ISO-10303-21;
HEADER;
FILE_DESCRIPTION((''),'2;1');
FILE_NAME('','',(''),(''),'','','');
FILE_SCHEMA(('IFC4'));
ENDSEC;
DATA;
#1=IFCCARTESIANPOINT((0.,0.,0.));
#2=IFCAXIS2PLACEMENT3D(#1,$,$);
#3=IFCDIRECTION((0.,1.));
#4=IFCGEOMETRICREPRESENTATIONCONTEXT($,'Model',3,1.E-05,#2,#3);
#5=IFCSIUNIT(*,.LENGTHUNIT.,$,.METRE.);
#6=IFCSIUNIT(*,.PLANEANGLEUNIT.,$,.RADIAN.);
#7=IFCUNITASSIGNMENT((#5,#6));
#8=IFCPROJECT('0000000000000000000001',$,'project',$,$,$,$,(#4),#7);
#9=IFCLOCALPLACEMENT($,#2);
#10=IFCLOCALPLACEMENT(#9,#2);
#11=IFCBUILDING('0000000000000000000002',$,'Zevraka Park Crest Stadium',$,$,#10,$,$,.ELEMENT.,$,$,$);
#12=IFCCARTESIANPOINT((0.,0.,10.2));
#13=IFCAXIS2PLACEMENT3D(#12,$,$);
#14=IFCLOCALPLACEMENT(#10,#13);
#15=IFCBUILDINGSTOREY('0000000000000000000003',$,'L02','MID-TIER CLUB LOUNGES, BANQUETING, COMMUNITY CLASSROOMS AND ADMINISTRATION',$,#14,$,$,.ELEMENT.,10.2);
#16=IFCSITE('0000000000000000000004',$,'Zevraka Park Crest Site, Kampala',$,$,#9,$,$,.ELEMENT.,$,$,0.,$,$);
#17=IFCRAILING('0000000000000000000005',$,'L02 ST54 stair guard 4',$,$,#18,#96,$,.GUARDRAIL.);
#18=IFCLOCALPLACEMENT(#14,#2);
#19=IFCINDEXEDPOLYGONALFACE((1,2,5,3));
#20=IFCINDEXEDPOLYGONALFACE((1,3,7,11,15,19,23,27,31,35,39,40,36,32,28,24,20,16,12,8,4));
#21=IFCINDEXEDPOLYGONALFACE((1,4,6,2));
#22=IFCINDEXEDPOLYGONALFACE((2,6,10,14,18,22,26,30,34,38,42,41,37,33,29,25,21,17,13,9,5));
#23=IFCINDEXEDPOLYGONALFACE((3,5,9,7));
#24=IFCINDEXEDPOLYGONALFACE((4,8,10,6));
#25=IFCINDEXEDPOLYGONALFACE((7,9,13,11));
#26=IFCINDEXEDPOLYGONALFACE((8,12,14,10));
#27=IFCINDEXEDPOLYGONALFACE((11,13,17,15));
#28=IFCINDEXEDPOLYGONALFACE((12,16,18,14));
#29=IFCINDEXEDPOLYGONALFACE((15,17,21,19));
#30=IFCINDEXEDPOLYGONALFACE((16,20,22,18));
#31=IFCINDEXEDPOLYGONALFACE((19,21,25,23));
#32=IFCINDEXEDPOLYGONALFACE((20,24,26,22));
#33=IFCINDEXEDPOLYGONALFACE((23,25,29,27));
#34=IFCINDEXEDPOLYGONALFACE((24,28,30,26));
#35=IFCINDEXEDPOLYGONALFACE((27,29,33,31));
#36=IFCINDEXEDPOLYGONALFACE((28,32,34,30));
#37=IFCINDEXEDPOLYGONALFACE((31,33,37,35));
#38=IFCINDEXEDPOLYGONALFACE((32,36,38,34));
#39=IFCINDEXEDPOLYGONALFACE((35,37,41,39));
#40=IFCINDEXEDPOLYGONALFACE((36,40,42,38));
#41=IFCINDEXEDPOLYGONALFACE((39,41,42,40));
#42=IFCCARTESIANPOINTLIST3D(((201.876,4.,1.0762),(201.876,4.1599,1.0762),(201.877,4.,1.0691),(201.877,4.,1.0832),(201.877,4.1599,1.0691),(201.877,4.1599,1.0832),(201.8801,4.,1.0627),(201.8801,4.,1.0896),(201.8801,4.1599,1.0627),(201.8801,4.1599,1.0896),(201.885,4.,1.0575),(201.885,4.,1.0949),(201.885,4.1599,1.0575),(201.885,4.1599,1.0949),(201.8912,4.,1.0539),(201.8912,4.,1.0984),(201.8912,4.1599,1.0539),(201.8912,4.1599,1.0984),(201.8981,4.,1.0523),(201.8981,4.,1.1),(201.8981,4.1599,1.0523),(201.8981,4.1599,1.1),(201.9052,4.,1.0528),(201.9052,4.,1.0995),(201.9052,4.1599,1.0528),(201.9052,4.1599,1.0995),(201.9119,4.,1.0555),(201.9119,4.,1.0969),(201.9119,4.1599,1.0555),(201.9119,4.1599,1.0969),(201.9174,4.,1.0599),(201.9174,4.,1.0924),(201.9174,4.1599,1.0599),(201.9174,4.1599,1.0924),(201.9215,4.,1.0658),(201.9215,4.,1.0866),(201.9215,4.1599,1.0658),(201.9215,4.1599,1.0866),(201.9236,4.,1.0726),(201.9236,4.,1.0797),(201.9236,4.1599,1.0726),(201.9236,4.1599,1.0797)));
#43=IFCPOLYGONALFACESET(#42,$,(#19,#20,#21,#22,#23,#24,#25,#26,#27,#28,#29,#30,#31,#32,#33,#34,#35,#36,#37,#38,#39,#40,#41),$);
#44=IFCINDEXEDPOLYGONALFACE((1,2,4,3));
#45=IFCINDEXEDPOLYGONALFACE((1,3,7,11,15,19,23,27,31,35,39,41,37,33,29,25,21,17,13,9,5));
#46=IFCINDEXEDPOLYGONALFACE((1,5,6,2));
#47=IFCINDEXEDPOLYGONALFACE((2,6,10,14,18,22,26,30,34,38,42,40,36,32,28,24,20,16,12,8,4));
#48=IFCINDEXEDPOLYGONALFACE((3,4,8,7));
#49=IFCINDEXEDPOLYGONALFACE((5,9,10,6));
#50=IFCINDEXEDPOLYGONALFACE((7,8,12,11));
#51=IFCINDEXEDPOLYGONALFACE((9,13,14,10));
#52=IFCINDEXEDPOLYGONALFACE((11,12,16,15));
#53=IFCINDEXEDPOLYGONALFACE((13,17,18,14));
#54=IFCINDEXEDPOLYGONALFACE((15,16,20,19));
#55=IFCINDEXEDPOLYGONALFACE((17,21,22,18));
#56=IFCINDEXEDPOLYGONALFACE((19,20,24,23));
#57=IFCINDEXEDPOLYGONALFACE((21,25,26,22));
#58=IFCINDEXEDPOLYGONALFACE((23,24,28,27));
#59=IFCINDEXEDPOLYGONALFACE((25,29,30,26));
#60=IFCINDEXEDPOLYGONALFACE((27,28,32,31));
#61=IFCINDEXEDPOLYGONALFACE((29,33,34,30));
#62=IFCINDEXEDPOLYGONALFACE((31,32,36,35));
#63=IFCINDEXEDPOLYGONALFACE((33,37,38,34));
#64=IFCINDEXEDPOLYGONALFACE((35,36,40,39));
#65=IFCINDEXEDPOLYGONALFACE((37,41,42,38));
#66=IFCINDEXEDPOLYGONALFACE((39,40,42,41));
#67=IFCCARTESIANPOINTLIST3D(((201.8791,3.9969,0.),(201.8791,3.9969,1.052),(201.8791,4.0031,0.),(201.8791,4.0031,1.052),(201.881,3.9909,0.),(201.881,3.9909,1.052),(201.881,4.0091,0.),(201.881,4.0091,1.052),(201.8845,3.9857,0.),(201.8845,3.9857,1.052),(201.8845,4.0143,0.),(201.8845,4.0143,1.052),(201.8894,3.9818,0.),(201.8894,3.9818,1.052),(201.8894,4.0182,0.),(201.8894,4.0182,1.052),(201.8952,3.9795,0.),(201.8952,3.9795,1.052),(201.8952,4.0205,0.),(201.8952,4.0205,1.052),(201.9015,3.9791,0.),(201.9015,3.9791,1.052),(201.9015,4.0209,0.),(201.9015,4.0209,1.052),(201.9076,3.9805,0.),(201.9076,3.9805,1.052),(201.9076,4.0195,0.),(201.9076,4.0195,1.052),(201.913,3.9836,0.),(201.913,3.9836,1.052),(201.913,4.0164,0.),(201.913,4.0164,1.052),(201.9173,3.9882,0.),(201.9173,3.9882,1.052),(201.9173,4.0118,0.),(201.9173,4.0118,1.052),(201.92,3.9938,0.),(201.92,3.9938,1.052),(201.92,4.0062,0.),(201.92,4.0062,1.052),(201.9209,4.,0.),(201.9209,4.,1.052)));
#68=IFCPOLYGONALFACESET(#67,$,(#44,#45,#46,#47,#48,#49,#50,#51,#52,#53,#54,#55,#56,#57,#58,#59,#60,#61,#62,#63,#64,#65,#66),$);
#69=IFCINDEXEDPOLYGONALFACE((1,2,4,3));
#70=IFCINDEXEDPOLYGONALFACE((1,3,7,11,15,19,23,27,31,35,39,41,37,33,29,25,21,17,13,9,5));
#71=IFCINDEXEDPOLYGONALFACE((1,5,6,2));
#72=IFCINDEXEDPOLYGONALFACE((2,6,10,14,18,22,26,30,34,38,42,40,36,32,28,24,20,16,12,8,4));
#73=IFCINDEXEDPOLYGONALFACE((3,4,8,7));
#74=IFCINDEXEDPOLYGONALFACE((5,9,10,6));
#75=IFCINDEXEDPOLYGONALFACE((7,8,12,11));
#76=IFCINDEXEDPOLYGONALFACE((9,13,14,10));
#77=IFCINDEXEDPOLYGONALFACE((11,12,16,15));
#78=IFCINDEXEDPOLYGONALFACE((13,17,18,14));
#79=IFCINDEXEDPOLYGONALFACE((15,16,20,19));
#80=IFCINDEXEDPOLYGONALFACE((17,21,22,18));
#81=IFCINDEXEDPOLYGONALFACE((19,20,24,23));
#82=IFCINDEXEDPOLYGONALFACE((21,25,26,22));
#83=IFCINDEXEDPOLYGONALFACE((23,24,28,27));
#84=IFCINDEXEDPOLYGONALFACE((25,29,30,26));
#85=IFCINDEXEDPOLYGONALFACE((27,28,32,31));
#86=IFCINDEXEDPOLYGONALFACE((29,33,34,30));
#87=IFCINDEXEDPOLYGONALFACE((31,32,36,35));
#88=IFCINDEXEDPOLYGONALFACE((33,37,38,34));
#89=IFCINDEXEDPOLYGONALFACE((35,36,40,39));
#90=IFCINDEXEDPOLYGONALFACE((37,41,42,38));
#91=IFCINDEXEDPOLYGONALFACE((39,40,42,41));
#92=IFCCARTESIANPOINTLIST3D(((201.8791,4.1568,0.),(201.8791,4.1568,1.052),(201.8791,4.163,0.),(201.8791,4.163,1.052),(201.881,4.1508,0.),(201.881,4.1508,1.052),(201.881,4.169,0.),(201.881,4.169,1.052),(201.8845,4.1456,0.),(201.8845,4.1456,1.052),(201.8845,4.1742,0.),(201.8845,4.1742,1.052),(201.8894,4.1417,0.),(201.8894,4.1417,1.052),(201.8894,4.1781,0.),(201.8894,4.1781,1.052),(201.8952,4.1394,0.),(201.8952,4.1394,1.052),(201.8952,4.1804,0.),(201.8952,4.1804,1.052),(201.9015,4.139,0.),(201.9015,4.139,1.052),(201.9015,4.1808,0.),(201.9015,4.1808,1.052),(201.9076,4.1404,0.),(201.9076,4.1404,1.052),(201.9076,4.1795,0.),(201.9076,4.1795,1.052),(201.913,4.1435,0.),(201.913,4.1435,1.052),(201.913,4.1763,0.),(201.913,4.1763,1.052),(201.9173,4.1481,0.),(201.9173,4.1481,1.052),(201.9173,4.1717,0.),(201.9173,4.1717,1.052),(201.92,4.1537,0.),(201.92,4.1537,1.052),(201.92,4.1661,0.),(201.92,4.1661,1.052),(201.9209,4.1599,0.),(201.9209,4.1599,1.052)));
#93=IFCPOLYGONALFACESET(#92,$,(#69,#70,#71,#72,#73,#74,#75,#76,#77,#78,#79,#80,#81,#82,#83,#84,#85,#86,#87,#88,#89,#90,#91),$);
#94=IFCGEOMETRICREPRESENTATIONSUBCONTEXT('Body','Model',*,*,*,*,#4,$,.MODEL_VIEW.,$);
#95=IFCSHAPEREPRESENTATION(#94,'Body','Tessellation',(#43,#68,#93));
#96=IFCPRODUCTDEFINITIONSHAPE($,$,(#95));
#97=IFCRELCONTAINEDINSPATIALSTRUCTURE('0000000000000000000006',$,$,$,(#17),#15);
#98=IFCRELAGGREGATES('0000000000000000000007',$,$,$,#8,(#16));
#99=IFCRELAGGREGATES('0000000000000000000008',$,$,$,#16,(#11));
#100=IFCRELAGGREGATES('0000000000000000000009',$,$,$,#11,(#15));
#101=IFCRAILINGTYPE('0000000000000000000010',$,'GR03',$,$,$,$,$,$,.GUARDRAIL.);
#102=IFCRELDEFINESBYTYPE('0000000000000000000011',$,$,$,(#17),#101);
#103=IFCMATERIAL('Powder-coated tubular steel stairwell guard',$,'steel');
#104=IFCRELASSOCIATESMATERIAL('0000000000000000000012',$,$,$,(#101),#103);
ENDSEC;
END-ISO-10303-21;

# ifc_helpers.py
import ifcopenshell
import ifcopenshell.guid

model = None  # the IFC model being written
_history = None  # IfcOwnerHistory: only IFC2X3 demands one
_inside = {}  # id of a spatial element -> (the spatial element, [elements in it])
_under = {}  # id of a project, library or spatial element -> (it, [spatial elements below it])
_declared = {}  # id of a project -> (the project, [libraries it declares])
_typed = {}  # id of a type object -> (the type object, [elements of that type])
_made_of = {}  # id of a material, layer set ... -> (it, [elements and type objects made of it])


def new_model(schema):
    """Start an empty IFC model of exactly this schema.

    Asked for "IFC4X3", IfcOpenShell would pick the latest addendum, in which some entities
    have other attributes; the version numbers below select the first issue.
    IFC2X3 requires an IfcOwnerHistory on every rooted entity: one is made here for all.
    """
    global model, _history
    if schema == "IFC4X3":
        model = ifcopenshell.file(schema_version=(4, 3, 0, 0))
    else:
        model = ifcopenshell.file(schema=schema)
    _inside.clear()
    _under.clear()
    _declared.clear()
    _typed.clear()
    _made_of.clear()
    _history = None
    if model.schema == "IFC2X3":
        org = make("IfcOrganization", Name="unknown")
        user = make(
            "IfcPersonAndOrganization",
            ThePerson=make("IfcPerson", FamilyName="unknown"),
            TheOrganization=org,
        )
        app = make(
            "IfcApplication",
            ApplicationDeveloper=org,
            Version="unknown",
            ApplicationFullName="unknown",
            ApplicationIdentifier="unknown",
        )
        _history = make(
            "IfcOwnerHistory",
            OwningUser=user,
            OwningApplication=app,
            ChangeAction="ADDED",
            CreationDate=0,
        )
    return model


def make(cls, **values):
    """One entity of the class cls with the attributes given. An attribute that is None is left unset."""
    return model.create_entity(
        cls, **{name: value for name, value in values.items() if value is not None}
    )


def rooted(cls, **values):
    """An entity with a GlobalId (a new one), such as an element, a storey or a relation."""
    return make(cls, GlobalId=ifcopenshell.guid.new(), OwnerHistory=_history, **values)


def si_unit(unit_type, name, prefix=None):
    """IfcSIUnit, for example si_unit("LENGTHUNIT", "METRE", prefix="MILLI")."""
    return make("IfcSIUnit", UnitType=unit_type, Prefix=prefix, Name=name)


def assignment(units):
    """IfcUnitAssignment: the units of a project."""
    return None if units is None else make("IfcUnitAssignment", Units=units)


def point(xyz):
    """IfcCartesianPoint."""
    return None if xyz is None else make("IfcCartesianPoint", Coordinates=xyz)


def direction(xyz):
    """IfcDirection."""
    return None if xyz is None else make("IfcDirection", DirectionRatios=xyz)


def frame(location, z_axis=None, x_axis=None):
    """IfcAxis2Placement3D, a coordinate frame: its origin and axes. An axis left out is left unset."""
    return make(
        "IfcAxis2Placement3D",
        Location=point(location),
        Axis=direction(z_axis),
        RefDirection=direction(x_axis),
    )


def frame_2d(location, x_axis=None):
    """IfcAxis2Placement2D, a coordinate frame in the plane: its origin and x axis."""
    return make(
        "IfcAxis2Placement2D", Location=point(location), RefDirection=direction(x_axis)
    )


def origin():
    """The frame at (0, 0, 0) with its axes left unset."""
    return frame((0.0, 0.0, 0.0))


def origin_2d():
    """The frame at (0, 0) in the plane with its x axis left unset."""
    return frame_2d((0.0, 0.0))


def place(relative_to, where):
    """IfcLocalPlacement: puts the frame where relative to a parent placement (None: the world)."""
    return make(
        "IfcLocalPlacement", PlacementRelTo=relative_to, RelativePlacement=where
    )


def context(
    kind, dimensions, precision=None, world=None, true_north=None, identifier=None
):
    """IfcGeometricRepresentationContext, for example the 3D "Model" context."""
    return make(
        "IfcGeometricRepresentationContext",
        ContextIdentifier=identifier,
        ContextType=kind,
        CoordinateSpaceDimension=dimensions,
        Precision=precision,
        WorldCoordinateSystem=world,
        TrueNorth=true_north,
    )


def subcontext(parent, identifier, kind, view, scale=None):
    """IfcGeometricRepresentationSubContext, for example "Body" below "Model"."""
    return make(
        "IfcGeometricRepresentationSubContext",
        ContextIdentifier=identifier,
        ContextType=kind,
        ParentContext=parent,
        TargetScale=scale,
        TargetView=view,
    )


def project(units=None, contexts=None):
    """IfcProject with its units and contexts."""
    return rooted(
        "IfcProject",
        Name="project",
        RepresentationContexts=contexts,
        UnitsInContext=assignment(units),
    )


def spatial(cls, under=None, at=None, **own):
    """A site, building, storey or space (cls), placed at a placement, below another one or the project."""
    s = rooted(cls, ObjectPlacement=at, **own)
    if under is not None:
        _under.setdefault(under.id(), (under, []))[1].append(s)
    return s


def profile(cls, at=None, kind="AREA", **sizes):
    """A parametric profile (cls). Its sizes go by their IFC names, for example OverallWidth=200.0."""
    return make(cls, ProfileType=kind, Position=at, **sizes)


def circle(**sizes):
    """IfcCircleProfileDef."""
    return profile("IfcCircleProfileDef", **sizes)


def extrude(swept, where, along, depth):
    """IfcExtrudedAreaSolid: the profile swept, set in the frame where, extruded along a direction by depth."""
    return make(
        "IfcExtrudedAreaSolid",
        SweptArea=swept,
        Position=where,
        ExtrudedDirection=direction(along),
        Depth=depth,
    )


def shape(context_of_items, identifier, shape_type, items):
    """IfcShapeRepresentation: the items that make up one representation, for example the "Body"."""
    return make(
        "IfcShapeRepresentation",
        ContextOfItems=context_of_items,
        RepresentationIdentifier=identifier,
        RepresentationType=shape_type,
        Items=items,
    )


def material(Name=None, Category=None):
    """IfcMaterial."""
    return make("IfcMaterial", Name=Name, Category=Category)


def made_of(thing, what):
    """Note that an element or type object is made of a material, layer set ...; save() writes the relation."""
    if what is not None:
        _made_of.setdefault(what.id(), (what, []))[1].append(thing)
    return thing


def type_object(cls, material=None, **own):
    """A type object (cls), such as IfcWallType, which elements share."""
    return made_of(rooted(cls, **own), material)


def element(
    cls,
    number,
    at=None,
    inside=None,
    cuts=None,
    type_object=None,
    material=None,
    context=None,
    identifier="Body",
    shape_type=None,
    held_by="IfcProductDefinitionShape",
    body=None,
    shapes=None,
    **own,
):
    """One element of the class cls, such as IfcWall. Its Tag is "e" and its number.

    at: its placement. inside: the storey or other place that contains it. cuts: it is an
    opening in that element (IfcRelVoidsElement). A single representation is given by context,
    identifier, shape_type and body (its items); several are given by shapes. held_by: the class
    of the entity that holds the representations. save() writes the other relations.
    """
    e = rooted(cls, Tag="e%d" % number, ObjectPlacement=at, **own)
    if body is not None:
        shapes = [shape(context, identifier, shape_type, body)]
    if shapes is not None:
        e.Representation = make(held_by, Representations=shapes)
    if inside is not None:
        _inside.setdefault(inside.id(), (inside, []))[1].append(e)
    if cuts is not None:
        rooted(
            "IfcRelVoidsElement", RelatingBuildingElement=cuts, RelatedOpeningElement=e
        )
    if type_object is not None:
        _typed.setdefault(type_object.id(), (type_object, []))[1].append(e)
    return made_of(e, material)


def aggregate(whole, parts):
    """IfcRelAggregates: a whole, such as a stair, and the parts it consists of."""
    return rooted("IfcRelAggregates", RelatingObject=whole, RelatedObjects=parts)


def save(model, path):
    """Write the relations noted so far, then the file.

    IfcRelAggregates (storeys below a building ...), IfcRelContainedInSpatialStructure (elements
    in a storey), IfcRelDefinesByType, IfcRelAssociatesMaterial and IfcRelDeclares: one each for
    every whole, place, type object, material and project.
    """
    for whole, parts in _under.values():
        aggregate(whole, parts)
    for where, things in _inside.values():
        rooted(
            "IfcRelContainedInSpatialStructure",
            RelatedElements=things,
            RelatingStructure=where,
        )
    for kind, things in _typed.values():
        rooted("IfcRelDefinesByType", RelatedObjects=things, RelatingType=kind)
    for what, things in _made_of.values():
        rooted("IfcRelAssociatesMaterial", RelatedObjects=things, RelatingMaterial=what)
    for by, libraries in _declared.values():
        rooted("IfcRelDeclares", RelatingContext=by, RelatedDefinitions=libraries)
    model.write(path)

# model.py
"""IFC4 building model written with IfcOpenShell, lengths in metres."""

from ifc_helpers import new_model, si_unit, direction, frame, origin, origin_2d, place, context, subcontext, project, spatial, circle, extrude, material, type_object, element, save


model = new_model("IFC4")

# Units and contexts
model_context = context("Model", 3, precision=1e-05, world=origin(), true_north=direction((0.0, 1.0)))
body_context = subcontext(model_context, "Body", "Model", "MODEL_VIEW")
ifc_project = project(units=[si_unit("LENGTHUNIT", "METRE"), si_unit("PLANEANGLEUNIT", "RADIAN")], contexts=[model_context])

# Site, building, storey
site_placement = place(None, origin())
site = spatial("IfcSite", under=ifc_project, at=site_placement, Name="Zevraka Park Crest Site, Kampala", CompositionType="ELEMENT", RefElevation=0.0)
building_placement = place(site_placement, origin())
building = spatial("IfcBuilding", under=site, at=building_placement, Name="Zevraka Park Crest Stadium", CompositionType="ELEMENT")
storey_placement = place(building_placement, frame((0.0, 0.0, 10.2)))
storey = spatial("IfcBuildingStorey", under=building, at=storey_placement, Name="L02", Description="MID-TIER CLUB LOUNGES, BANQUETING, COMMUNITY CLASSROOMS AND ADMINISTRATION", CompositionType="ELEMENT", Elevation=10.2)

# Railing
ifc_material_1 = material(Name="Powder-coated tubular steel stairwell guard", Category="steel")
railing_type_1 = type_object("IfcRailingType", Name="GR03", PredefinedType="GUARDRAIL", material=ifc_material_1)
railing_1_placement = place(storey_placement, frame((201.8999, 4.0, 0.0)))
element("IfcRailing", 1, at=railing_1_placement, inside=storey, type_object=railing_type_1, Name="L02 ST54 stair guard 4", PredefinedType="GUARDRAIL", context=body_context, shape_type="SweptSolid", body=[
    extrude(circle(Radius=0.0239, at=origin_2d()), frame((0.0, 0.0, 1.0762), z_axis=(0.0, 1.0, 0.0), x_axis=(-1.0, 0.0, 0.0)), (0.0, 0.0, 1.0), 0.1599),
    extrude(circle(Radius=0.021, at=origin_2d()), origin(), (0.0, 0.0, 1.0), 1.052),
    extrude(circle(Radius=0.021, at=origin_2d()), frame((0.0, 0.1599, 0.0)), (0.0, 0.0, 1.0), 1.052),
])

save(model, "model.ifc")
